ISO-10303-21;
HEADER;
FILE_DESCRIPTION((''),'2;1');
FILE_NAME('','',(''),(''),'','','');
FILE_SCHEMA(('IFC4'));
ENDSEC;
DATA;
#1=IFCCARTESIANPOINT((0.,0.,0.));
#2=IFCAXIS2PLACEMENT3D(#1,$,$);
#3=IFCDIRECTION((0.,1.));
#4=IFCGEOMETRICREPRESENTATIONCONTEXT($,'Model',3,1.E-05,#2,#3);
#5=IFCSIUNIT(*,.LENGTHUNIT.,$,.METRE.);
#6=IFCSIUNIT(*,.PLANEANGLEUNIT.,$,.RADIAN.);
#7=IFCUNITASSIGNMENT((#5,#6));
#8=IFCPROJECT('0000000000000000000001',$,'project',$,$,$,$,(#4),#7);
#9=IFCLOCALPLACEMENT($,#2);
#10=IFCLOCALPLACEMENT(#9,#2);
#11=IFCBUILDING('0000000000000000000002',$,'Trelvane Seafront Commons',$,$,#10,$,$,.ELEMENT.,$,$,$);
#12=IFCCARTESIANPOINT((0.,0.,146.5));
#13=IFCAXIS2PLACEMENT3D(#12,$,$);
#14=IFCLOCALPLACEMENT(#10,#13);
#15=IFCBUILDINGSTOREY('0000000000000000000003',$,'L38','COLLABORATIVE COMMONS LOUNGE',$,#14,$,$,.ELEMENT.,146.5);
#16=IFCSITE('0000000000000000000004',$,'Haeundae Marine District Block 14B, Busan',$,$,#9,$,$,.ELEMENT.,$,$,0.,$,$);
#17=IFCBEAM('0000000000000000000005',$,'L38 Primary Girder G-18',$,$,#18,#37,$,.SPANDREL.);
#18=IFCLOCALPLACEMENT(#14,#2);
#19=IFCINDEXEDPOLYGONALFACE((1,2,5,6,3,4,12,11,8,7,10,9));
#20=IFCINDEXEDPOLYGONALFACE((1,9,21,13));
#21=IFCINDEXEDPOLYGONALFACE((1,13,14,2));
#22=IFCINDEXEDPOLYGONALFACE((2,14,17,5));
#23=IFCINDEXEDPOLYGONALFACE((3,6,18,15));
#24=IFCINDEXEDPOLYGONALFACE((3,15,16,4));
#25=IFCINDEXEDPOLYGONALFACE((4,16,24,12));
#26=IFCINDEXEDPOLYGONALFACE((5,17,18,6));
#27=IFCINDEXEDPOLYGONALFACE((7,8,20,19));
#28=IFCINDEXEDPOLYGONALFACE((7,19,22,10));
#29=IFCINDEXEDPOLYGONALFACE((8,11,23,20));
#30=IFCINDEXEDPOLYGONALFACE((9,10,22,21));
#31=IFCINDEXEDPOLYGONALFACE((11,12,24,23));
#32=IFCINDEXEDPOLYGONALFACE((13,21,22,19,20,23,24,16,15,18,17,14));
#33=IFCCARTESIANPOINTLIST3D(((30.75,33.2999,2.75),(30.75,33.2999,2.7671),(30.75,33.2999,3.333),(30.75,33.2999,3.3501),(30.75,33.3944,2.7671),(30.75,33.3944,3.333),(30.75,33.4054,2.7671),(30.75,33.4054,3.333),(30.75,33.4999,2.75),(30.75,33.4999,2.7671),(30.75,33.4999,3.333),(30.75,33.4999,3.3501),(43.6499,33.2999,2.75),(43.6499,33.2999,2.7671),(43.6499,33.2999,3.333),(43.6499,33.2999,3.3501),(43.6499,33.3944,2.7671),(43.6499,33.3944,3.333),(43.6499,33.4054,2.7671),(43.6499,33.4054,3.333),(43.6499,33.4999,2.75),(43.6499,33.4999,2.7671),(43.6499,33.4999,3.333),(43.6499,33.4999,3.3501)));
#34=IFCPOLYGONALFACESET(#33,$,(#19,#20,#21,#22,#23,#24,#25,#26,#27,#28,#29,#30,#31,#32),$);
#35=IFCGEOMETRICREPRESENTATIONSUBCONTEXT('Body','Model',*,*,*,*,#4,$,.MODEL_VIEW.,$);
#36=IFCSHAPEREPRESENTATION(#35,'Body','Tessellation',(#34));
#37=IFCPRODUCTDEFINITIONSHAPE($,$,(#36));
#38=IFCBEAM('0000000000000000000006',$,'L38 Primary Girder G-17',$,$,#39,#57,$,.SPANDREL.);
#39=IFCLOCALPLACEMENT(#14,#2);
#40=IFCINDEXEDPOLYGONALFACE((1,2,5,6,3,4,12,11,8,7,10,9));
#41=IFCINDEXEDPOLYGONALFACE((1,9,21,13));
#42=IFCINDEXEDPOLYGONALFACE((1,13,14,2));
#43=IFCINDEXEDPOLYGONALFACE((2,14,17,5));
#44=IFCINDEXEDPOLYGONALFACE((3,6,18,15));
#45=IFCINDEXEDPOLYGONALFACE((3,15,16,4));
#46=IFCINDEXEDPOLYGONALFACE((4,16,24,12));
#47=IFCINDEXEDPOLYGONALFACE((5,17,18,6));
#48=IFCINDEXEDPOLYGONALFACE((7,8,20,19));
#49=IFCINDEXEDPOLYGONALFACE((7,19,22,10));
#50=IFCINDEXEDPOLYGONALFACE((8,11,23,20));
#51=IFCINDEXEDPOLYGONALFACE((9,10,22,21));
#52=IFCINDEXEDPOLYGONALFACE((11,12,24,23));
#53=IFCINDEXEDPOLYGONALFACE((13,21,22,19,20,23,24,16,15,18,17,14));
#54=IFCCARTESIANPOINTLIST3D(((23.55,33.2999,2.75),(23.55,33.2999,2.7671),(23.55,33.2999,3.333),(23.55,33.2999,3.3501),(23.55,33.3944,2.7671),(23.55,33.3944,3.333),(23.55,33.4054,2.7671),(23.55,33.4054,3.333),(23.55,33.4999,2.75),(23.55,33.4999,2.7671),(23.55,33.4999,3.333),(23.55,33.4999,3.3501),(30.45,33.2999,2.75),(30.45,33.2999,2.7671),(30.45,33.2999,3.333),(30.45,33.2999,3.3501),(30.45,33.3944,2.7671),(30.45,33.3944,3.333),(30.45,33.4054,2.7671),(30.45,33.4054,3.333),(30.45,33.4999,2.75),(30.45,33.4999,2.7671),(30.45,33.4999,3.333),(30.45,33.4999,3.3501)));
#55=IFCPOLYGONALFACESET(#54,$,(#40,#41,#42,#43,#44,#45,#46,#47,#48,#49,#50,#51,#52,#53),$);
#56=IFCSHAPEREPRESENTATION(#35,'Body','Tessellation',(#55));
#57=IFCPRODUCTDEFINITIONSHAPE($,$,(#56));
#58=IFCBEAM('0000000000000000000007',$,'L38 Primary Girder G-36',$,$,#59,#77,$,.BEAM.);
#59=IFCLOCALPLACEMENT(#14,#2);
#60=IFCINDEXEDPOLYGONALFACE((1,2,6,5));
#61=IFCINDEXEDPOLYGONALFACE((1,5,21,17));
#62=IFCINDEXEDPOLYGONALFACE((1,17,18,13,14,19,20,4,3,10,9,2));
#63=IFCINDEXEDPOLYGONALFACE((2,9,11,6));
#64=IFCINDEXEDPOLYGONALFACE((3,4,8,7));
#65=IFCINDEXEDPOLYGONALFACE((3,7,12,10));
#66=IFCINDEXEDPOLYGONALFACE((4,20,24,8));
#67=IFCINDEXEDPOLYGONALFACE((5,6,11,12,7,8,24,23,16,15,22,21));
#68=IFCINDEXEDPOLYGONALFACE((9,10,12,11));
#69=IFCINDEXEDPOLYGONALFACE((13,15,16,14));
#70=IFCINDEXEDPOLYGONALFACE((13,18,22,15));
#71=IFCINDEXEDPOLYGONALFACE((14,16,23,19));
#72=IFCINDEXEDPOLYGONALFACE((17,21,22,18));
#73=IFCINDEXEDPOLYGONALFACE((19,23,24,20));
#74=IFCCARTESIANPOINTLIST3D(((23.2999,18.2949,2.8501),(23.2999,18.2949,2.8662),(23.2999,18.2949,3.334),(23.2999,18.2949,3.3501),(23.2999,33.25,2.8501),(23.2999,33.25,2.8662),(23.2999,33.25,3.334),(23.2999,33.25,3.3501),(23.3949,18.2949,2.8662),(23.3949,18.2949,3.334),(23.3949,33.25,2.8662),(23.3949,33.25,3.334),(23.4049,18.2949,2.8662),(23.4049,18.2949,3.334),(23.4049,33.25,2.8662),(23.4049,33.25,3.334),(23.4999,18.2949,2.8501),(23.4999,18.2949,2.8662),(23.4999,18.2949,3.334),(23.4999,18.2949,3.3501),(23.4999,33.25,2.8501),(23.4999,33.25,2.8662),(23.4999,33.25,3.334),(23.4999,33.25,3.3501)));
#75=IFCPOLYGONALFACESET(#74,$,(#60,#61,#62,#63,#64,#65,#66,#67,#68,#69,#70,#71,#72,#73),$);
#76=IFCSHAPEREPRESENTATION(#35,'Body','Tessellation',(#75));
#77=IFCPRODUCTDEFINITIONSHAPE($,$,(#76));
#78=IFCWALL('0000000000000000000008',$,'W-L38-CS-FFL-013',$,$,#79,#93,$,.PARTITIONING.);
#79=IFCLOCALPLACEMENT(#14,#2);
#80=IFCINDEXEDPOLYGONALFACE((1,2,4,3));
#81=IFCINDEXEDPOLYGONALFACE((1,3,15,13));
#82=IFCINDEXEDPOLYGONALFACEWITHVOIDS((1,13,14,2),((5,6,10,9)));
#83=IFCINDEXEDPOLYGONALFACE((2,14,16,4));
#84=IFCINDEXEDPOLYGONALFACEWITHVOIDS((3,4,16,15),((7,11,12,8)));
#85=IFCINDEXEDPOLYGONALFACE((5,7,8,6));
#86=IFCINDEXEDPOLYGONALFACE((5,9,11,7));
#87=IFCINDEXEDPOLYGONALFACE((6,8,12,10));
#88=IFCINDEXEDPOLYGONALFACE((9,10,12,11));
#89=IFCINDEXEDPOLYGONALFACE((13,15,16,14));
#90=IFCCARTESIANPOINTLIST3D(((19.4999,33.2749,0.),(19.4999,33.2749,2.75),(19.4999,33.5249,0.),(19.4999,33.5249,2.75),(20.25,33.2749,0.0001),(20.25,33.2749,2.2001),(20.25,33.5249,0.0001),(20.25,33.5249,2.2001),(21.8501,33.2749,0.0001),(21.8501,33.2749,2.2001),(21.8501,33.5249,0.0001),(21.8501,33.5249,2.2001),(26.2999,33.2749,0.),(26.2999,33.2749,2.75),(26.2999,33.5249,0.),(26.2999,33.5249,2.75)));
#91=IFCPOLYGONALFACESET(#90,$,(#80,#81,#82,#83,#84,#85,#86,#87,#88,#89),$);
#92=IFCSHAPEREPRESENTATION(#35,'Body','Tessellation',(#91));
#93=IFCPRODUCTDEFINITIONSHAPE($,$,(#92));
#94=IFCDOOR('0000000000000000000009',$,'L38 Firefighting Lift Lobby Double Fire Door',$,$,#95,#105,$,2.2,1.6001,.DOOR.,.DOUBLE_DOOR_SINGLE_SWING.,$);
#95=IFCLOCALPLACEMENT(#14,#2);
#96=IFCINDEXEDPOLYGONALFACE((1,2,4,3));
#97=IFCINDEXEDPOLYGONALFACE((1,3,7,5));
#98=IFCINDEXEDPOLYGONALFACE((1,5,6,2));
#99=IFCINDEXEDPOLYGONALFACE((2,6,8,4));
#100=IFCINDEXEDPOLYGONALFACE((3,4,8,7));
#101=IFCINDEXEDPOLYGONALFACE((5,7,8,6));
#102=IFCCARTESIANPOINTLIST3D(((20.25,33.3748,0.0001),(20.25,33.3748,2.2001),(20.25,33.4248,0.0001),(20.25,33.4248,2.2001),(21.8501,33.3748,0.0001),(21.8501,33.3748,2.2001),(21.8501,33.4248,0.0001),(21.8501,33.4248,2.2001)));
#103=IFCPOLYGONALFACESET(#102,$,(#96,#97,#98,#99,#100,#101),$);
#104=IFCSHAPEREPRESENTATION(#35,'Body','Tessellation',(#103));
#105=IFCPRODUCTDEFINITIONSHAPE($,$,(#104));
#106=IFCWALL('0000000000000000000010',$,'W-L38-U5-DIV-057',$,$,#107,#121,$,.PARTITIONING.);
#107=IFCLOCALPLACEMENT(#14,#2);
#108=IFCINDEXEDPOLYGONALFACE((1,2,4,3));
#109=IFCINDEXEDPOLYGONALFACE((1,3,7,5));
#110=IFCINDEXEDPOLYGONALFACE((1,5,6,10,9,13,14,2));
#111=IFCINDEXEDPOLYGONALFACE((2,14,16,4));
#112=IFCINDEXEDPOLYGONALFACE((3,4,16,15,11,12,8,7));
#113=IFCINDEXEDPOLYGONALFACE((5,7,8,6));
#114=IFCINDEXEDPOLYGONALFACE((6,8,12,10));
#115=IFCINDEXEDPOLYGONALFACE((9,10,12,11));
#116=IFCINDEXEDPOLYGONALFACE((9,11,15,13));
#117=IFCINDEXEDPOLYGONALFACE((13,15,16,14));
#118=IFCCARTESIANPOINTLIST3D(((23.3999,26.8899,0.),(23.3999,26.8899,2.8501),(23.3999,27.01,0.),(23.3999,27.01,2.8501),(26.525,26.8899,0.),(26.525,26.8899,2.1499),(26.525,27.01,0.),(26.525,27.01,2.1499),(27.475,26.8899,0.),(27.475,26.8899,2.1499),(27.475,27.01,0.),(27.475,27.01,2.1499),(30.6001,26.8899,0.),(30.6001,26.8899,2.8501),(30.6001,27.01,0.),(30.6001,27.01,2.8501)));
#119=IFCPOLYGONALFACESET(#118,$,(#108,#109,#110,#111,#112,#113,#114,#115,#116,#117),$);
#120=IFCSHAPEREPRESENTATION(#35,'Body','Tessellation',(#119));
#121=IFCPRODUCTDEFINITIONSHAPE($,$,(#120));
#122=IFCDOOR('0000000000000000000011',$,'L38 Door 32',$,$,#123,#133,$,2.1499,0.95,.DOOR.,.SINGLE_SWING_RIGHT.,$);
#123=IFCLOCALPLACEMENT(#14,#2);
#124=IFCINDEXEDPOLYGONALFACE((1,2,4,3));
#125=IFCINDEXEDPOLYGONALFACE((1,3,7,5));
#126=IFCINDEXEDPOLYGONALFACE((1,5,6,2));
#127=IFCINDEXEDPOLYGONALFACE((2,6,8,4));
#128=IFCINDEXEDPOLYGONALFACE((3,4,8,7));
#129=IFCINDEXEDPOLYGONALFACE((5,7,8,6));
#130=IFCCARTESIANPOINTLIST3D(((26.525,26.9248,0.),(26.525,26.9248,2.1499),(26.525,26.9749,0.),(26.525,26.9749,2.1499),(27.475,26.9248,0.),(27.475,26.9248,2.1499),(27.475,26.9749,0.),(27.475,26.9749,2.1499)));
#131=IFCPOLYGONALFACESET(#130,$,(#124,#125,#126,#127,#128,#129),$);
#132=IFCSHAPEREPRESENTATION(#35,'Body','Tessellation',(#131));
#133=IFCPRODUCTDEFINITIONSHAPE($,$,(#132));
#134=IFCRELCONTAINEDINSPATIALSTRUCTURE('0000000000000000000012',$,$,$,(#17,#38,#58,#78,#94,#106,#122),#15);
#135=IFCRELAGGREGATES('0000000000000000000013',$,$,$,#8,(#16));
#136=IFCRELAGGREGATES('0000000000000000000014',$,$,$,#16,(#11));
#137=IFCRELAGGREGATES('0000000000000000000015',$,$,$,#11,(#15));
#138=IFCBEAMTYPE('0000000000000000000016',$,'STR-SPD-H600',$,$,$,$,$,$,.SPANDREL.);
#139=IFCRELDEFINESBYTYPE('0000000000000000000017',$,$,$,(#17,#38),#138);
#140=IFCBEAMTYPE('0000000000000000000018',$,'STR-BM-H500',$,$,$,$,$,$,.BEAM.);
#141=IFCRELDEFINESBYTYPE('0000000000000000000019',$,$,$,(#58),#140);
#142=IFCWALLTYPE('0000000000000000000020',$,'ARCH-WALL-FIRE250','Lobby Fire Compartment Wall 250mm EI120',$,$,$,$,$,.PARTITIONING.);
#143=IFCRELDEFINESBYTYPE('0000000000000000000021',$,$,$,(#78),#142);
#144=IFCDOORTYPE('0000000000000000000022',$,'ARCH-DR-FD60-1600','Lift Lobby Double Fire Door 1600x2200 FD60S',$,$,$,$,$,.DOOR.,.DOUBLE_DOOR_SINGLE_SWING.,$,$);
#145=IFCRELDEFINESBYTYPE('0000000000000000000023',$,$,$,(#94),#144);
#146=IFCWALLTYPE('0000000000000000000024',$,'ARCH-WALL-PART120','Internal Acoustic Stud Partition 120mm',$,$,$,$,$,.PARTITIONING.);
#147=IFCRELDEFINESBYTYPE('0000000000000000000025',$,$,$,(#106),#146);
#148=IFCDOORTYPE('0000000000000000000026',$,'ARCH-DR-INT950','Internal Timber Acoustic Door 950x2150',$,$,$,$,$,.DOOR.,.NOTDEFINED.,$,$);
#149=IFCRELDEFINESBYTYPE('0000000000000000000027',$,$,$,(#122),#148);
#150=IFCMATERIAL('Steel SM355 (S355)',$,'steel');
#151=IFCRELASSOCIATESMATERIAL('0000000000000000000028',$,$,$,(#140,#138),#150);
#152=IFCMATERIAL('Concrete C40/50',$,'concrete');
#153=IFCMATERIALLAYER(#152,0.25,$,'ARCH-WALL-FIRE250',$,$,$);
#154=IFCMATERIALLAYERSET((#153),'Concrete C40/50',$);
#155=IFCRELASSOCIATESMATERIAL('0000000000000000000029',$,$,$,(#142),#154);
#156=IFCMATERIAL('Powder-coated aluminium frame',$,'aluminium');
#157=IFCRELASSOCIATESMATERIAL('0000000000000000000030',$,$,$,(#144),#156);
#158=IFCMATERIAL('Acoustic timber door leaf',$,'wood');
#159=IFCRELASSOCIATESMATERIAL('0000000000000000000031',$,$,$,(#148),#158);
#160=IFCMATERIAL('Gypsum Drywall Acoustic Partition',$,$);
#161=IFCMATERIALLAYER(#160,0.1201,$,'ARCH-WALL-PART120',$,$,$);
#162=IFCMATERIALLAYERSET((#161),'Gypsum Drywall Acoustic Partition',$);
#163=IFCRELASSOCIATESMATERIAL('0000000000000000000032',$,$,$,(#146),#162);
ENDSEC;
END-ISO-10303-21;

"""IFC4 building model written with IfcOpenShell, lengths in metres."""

from ifc_helpers import new_model, si_unit, direction, frame, frame_2d, origin, origin_2d, place, context, subcontext, project, spatial, rectangle, i_section, extrude, source, transform, mapped, material, layer, layer_set, material_profile, profile_set, type_object, element, fill, save


model = new_model("IFC4")

# Units and contexts
model_context = context("Model", 3, precision=1e-05, world=origin(), true_north=direction((0.0, 1.0)))
body_context = subcontext(model_context, "Body", "Model", "MODEL_VIEW")
ifc_project = project(units=[si_unit("LENGTHUNIT", "METRE"), si_unit("PLANEANGLEUNIT", "RADIAN")], contexts=[model_context])

# Site, building, storey
site_placement = place(None, origin())
site = spatial("IfcSite", under=ifc_project, at=site_placement, Name="Haeundae Marine District Block 14B, Busan", CompositionType="ELEMENT", RefElevation=0.0)
building_placement = place(site_placement, origin())
building = spatial("IfcBuilding", under=site, at=building_placement, Name="Trelvane Seafront Commons", CompositionType="ELEMENT")
storey_placement = place(building_placement, frame((0.0, 0.0, 146.5)))
storey = spatial("IfcBuildingStorey", under=building, at=storey_placement, Name="L38", Description="COLLABORATIVE COMMONS LOUNGE", CompositionType="ELEMENT", Elevation=146.5)

# Shared definitions
ifc_material_1 = material(Name="Steel SM355 (S355)", Category="steel")

# Beams
ifc_material_profile_1 = material_profile(ifc_material_1, i_section(OverallWidth=0.2, OverallDepth=0.5, WebThickness=0.01, FlangeThickness=0.0161, at=origin_2d()), Name="H-500x200x10x16")
ifc_profile_set_1 = profile_set([ifc_material_profile_1], Name="Steel SM355 (S355)")
beam_type_1 = type_object("IfcBeamType", Name="STR-BM-H500", PredefinedType="BEAM", material=ifc_profile_set_1)
ifc_material_profile_2 = material_profile(ifc_material_1, i_section(OverallWidth=0.2, OverallDepth=0.6001, WebThickness=0.011, FlangeThickness=0.0171, at=origin_2d()), Name="H-600x200x11x17")
ifc_profile_set_2 = profile_set([ifc_material_profile_2], Name="Steel SM355 (S355)")
beam_type_2 = type_object("IfcBeamType", Name="STR-SPD-H600", PredefinedType="SPANDREL", material=ifc_profile_set_2)
shared_shape_1 = source(origin(), body_context, "Body", "SweptSolid", [
    extrude(i_section(OverallWidth=0.2, OverallDepth=0.6001, WebThickness=0.011, FlangeThickness=0.0171, at=origin_2d()), origin(), (0.0, 0.0, 1.0), 12.8999),
])
for number, where, z_axis, x_axis, name in (
    (1, (30.75, 33.3999, 3.05), (1.0, 0.0, 0.0), (0.0, 1.0, 0.0), "L38 Primary Girder G-18"),
):
    element("IfcBeam", number, at=place(storey_placement, frame(where, z_axis=z_axis, x_axis=x_axis)), inside=storey, type_object=beam_type_2, Name=name, PredefinedType="SPANDREL", context=body_context, shape_type="MappedRepresentation", body=[
        mapped(shared_shape_1, transform((0.0, 0.0, 0.0), x_axis=(1.0, 0.0, 0.0), y_axis=(0.0, 1.0, 0.0), z_axis=(0.0, 0.0, 1.0), scale=1.0)),
    ])
shared_shape_2 = source(origin(), body_context, "Body", "SweptSolid", [
    extrude(i_section(OverallWidth=0.2, OverallDepth=0.6001, WebThickness=0.011, FlangeThickness=0.0171, at=origin_2d()), origin(), (0.0, 0.0, 1.0), 6.8999),
])
beam_1_placement = place(storey_placement, frame((23.55, 33.3999, 3.05), z_axis=(1.0, 0.0, 0.0), x_axis=(0.0, 1.0, 0.0)))
element("IfcBeam", 2, at=beam_1_placement, inside=storey, type_object=beam_type_2, Name="L38 Primary Girder G-17", PredefinedType="SPANDREL", context=body_context, shape_type="MappedRepresentation", body=[
    mapped(shared_shape_2, transform((0.0, 0.0, 0.0), x_axis=(1.0, 0.0, 0.0), y_axis=(0.0, 1.0, 0.0), z_axis=(0.0, 0.0, 1.0), scale=1.0)),
])
shared_shape_3 = source(origin(), body_context, "Body", "SweptSolid", [
    extrude(i_section(OverallWidth=0.2, OverallDepth=0.5, WebThickness=0.01, FlangeThickness=0.0161, at=origin_2d()), origin(), (0.0, 0.0, 1.0), 14.9551),
])
beam_2_placement = place(storey_placement, frame((23.3999, 18.2949, 3.1001), z_axis=(0.0, 1.0, 0.0), x_axis=(-1.0, 0.0, 0.0)))
element("IfcBeam", 3, at=beam_2_placement, inside=storey, type_object=beam_type_1, Name="L38 Primary Girder G-36", PredefinedType="BEAM", context=body_context, shape_type="MappedRepresentation", body=[
    mapped(shared_shape_3, transform((0.0, 0.0, 0.0), x_axis=(1.0, 0.0, 0.0), y_axis=(0.0, 1.0, 0.0), z_axis=(0.0, 0.0, 1.0), scale=1.0)),
])

# Walls, openings, doors
ifc_material_2 = material(Name="Concrete C40/50", Category="concrete")
ifc_layer_1 = layer(ifc_material_2, 0.25, Name="ARCH-WALL-FIRE250")
ifc_layer_set_1 = layer_set([ifc_layer_1], Name="Concrete C40/50")
wall_type_1 = type_object("IfcWallType", Name="ARCH-WALL-FIRE250", Description="Lobby Fire Compartment Wall 250mm EI120", PredefinedType="PARTITIONING", material=ifc_layer_set_1)
wall_1_placement = place(storey_placement, frame((19.5, 33.3999, 0.0), z_axis=(0.0, 0.0, 1.0), x_axis=(1.0, 0.0, 0.0)))
wall_1 = element("IfcWall", 4, at=wall_1_placement, inside=storey, type_object=wall_type_1, Name="W-L38-CS-FFL-013", PredefinedType="PARTITIONING", context=body_context, shape_type="SweptSolid", body=[
    extrude(rectangle(XDim=6.8, YDim=0.25, at=frame_2d((3.3999, 0.0))), origin(), (0.0, 0.0, 1.0), 2.75),
])
opening_1_placement = place(wall_1_placement, frame((0.75, 0.0, 0.0)))
opening_1 = element("IfcOpeningElement", 5, at=opening_1_placement, cuts=wall_1, PredefinedType="OPENING", context=body_context, shape_type="SweptSolid", body=[
    extrude(rectangle(XDim=1.6001, YDim=2.2, at=frame_2d((0.8, 1.1001))), frame((0.0, 0.135, 0.0), z_axis=(0.0, -1.0, 0.0), x_axis=(1.0, 0.0, 0.0)), (0.0, 0.0, 1.0), 0.27),
])
ifc_material_3 = material(Name="Powder-coated aluminium frame", Category="aluminium")
door_type_1 = type_object("IfcDoorType", Name="ARCH-DR-FD60-1600", Description="Lift Lobby Double Fire Door 1600x2200 FD60S", OperationType="DOUBLE_DOOR_SINGLE_SWING", PredefinedType="DOOR", material=ifc_material_3)
shared_shape_4 = source(origin(), body_context, "Body", "SweptSolid", [
    extrude(rectangle(XDim=1.6001, YDim=2.2, at=frame_2d((0.8, 1.1001))), frame((0.0, 0.0249, 0.0), z_axis=(0.0, -1.0, 0.0), x_axis=(1.0, 0.0, 0.0)), (0.0, 0.0, 1.0), 0.05),
])
door_1_placement = place(opening_1_placement, origin())
door_1 = element("IfcDoor", 6, at=door_1_placement, inside=storey, type_object=door_type_1, Name="L38 Firefighting Lift Lobby Double Fire Door", OperationType="DOUBLE_DOOR_SINGLE_SWING", OverallHeight=2.2, OverallWidth=1.6001, PredefinedType="DOOR", context=body_context, shape_type="MappedRepresentation", body=[
    mapped(shared_shape_4, transform((0.0, 0.0, 0.0), x_axis=(1.0, 0.0, 0.0), y_axis=(0.0, 1.0, 0.0), z_axis=(0.0, 0.0, 1.0), scale=1.0)),
])
fill(opening_1, door_1)
ifc_material_4 = material(Name="Acoustic timber door leaf", Category="wood")
door_type_2 = type_object("IfcDoorType", Name="ARCH-DR-INT950", Description="Internal Timber Acoustic Door 950x2150", OperationType="NOTDEFINED", PredefinedType="DOOR", material=ifc_material_4)
shared_shape_5 = source(origin(), body_context, "Body", "SweptSolid", [
    extrude(rectangle(XDim=0.95, YDim=2.1499, at=frame_2d((0.4751, 1.075))), frame((0.0, 0.0249, 0.0), z_axis=(0.0, -1.0, 0.0), x_axis=(1.0, 0.0, 0.0)), (0.0, 0.0, 1.0), 0.05),
])
ifc_material_5 = material(Name="Gypsum Drywall Acoustic Partition")
ifc_layer_2 = layer(ifc_material_5, 0.1201, Name="ARCH-WALL-PART120")
ifc_layer_set_2 = layer_set([ifc_layer_2], Name="Gypsum Drywall Acoustic Partition")
wall_type_2 = type_object("IfcWallType", Name="ARCH-WALL-PART120", Description="Internal Acoustic Stud Partition 120mm", PredefinedType="PARTITIONING", material=ifc_layer_set_2)
wall_2_placement = place(storey_placement, frame((23.3999, 26.95, 0.0), z_axis=(0.0, 0.0, 1.0), x_axis=(1.0, 0.0, 0.0)))
wall_2 = element("IfcWall", 7, at=wall_2_placement, inside=storey, type_object=wall_type_2, Name="W-L38-U5-DIV-057", PredefinedType="PARTITIONING", context=body_context, shape_type="SweptSolid", body=[
    extrude(rectangle(XDim=7.2002, YDim=0.1201, at=frame_2d((3.6001, 0.0))), origin(), (0.0, 0.0, 1.0), 2.8501),
])
opening_2_placement = place(wall_2_placement, frame((3.125, 0.0, 0.0)))
opening_2 = element("IfcOpeningElement", 8, at=opening_2_placement, cuts=wall_2, PredefinedType="OPENING", context=body_context, shape_type="SweptSolid", body=[
    extrude(rectangle(XDim=0.95, YDim=2.1499, at=frame_2d((0.4751, 1.075))), frame((0.0, 0.0701, 0.0), z_axis=(0.0, -1.0, 0.0), x_axis=(1.0, 0.0, 0.0)), (0.0, 0.0, 1.0), 0.1401),
])
door_2_placement = place(opening_2_placement, origin())
door_2 = element("IfcDoor", 9, at=door_2_placement, inside=storey, type_object=door_type_2, Name="L38 Door 32", OperationType="SINGLE_SWING_RIGHT", OverallHeight=2.1499, OverallWidth=0.95, PredefinedType="DOOR", context=body_context, shape_type="MappedRepresentation", body=[
    mapped(shared_shape_5, transform((0.0, 0.0, 0.0), x_axis=(1.0, 0.0, 0.0), y_axis=(0.0, 1.0, 0.0), z_axis=(0.0, 0.0, 1.0), scale=1.0)),
])
fill(opening_2, door_2)

save(model, "model.ifc")
